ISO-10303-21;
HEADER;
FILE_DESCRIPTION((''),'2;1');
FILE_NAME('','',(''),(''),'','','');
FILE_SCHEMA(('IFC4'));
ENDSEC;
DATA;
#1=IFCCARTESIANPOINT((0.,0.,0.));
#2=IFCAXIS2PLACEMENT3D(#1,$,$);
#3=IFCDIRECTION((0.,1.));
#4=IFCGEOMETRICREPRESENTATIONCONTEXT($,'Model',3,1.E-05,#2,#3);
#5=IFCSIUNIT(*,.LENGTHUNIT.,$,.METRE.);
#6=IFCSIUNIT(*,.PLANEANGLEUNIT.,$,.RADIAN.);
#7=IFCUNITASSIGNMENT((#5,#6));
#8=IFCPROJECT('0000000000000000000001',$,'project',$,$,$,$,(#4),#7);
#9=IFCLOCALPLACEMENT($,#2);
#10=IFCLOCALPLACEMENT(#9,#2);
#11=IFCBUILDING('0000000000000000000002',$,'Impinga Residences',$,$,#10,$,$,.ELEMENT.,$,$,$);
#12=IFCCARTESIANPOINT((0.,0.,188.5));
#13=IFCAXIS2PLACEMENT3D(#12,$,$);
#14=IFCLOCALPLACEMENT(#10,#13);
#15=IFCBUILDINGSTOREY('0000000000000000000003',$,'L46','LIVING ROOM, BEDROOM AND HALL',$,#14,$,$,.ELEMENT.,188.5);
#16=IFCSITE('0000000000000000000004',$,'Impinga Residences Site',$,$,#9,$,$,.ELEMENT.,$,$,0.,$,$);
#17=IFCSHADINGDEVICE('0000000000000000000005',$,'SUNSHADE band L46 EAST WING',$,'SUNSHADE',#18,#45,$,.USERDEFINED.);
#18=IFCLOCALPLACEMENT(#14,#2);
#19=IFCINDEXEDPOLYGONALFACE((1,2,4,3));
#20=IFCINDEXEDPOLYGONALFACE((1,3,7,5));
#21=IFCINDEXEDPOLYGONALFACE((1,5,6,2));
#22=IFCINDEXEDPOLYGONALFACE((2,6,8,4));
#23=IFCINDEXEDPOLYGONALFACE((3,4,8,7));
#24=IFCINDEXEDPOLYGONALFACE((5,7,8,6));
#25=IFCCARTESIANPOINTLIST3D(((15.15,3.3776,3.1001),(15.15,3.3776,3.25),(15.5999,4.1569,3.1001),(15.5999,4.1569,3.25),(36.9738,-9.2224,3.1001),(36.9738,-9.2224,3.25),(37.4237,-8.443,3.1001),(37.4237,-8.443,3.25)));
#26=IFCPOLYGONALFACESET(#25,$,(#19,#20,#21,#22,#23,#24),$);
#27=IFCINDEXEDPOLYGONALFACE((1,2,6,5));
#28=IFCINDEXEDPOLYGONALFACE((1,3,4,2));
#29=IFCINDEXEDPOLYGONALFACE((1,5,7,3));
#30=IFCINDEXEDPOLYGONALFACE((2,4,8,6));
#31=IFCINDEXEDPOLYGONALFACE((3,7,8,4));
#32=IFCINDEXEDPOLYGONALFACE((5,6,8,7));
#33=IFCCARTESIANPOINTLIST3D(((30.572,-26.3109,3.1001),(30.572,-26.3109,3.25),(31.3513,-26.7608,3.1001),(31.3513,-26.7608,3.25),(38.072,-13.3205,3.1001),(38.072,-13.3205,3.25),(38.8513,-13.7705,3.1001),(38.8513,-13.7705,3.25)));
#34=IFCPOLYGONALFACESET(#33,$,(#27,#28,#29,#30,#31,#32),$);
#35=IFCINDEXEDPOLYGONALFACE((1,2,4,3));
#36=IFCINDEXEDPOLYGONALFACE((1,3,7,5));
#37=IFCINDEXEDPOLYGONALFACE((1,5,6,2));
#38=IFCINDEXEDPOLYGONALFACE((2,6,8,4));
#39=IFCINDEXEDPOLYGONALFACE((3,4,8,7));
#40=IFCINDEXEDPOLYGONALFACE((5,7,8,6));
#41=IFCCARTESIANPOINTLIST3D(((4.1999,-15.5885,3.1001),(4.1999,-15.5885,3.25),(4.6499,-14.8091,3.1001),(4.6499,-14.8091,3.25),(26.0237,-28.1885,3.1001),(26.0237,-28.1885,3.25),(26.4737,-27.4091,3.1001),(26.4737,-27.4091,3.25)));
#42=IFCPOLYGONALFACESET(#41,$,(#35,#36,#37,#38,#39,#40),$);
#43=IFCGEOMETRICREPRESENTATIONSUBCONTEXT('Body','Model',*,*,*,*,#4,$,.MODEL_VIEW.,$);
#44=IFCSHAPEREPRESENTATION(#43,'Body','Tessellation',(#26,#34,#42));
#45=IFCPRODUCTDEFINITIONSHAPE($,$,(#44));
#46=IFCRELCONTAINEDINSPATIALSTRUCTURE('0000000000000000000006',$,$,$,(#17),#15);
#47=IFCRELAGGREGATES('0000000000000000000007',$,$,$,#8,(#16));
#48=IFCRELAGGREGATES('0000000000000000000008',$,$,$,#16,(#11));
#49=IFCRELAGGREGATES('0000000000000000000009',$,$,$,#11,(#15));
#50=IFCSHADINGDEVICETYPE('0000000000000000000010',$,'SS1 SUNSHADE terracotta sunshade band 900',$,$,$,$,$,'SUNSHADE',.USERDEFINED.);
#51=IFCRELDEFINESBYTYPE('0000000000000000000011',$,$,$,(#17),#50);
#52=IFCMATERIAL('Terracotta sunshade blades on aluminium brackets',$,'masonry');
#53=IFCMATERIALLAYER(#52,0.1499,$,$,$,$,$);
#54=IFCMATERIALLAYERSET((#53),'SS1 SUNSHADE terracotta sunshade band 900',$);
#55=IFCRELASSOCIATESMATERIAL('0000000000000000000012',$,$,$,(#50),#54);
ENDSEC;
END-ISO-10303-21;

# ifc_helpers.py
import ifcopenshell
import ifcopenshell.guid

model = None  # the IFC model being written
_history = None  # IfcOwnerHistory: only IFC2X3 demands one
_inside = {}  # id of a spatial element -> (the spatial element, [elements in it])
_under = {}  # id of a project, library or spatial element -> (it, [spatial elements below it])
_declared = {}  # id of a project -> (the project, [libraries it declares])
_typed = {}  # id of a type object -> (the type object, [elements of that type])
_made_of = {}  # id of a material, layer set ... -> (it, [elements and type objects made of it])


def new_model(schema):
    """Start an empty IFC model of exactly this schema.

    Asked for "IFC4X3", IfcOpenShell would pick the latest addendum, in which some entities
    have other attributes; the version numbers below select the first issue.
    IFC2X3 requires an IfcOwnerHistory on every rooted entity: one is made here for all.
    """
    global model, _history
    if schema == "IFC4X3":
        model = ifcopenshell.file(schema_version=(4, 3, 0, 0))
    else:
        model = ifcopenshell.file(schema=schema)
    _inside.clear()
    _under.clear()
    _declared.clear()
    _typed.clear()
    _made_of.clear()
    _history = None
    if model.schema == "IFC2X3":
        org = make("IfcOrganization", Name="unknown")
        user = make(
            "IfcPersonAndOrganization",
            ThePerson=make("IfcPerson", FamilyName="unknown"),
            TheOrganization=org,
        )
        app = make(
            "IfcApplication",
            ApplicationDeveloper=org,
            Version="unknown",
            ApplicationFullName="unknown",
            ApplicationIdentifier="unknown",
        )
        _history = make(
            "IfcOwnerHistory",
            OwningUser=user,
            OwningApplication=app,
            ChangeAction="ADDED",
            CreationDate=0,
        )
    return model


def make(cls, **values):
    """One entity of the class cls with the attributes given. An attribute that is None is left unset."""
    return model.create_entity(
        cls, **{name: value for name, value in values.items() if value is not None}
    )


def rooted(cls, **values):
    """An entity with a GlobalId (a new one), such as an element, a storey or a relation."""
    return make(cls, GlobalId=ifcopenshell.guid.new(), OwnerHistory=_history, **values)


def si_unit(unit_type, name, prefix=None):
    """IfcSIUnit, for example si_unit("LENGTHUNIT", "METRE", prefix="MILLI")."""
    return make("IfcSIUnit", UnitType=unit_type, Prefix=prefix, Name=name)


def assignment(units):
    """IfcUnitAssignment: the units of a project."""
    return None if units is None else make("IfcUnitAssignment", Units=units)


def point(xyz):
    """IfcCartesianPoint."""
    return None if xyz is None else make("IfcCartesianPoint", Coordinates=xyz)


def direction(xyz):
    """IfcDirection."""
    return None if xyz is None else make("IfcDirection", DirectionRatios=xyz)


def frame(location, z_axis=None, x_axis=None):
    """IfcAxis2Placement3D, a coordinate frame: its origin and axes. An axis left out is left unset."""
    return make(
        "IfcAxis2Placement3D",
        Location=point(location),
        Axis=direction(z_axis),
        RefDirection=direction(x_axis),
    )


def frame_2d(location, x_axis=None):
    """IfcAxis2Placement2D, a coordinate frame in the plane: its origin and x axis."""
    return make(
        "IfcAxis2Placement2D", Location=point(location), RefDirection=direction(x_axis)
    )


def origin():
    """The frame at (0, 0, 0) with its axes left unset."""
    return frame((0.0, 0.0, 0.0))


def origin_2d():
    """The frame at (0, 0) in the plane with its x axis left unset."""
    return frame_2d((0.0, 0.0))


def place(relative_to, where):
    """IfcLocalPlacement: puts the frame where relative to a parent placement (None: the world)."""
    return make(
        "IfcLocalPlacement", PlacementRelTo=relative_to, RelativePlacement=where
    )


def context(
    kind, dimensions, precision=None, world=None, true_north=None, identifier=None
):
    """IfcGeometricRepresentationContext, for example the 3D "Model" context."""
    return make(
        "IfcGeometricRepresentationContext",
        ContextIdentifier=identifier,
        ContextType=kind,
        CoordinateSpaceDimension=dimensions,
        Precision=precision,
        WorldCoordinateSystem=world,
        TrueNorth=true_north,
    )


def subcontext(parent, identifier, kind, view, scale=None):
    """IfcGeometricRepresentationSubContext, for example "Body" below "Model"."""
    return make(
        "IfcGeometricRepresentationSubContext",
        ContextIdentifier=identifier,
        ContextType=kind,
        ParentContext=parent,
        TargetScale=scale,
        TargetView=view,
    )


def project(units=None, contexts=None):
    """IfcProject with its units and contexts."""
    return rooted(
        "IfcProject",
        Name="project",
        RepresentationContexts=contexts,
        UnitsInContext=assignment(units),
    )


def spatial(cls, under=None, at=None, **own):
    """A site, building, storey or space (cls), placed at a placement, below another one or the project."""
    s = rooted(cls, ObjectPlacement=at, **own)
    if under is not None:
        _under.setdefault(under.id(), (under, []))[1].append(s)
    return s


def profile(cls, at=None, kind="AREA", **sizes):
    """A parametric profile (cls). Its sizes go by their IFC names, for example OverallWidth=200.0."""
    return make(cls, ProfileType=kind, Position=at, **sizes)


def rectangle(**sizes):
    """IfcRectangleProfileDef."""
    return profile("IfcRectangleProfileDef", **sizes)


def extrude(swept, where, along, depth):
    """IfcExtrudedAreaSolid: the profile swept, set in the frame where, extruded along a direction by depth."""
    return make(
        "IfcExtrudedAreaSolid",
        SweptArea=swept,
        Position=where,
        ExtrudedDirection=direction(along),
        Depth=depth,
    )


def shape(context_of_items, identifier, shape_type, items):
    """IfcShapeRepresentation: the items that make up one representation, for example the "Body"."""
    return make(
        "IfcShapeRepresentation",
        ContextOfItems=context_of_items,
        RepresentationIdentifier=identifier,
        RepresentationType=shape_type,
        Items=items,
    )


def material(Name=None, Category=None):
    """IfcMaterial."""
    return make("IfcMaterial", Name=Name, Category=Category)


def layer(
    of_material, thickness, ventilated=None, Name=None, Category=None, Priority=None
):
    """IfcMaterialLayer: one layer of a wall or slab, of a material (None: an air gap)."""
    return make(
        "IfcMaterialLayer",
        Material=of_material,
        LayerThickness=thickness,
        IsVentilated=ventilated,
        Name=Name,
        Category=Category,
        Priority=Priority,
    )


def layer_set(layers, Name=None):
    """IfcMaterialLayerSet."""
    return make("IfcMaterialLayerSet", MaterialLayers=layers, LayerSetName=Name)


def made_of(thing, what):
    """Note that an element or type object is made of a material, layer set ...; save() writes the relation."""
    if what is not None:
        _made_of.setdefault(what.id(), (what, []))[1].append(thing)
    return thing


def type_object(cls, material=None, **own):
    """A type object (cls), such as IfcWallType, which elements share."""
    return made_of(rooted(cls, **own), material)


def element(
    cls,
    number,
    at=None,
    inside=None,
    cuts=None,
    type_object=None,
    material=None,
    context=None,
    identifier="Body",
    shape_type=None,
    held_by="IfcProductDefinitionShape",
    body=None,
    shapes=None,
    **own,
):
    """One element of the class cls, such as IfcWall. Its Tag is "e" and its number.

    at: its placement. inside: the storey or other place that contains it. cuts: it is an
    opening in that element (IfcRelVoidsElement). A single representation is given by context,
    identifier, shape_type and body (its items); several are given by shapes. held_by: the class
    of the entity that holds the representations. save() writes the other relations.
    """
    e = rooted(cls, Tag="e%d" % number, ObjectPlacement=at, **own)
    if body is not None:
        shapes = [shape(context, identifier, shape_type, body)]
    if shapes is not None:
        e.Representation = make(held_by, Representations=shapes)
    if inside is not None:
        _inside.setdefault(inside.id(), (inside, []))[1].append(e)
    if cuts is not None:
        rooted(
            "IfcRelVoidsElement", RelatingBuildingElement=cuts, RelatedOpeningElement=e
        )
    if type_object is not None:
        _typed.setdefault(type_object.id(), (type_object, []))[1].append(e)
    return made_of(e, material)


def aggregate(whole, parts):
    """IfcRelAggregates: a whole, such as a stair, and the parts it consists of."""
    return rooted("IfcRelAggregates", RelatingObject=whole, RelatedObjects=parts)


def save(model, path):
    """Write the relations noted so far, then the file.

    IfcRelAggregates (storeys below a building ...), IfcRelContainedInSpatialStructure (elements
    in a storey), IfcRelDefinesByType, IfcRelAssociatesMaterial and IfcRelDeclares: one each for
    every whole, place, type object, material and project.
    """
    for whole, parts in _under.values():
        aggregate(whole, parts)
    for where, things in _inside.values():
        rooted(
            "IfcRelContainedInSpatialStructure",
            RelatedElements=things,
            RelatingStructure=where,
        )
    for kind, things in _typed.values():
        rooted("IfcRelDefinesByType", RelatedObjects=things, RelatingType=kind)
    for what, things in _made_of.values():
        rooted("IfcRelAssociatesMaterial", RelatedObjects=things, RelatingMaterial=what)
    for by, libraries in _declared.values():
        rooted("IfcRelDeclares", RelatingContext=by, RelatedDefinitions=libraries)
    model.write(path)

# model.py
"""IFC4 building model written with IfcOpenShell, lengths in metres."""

from ifc_helpers import new_model, si_unit, direction, frame, origin, origin_2d, place, context, subcontext, project, spatial, rectangle, extrude, material, layer, layer_set, type_object, element, save


model = new_model("IFC4")

# Units and contexts
model_context = context("Model", 3, precision=1e-05, world=origin(), true_north=direction((0.0, 1.0)))
body_context = subcontext(model_context, "Body", "Model", "MODEL_VIEW")
ifc_project = project(units=[si_unit("LENGTHUNIT", "METRE"), si_unit("PLANEANGLEUNIT", "RADIAN")], contexts=[model_context])

# Site, building, storey
site_placement = place(None, origin())
site = spatial("IfcSite", under=ifc_project, at=site_placement, Name="Impinga Residences Site", CompositionType="ELEMENT", RefElevation=0.0)
building_placement = place(site_placement, origin())
building = spatial("IfcBuilding", under=site, at=building_placement, Name="Impinga Residences", CompositionType="ELEMENT")
storey_placement = place(building_placement, frame((0.0, 0.0, 188.5)))
storey = spatial("IfcBuildingStorey", under=building, at=storey_placement, Name="L46", Description="LIVING ROOM, BEDROOM AND HALL", CompositionType="ELEMENT", Elevation=188.5)

# Shading device
ifc_material_1 = material(Name="Terracotta sunshade blades on aluminium brackets", Category="masonry")
ifc_layer_1 = layer(ifc_material_1, 0.1499)
ifc_layer_set_1 = layer_set([ifc_layer_1], Name="SS1 SUNSHADE terracotta sunshade band 900")
shading_device_type = type_object("IfcShadingDeviceType", Name="SS1 SUNSHADE terracotta sunshade band 900", ElementType="SUNSHADE", PredefinedType="USERDEFINED", material=ifc_layer_set_1)
shading_device_placement = place(storey_placement, frame((26.2869, -2.5327, 3.1001), z_axis=(0.0, 0.0, 1.0), x_axis=(0.866025, -0.5, 0.0)))
element("IfcShadingDevice", 1, at=shading_device_placement, inside=storey, type_object=shading_device_type, Name="SUNSHADE band L46 EAST WING", ObjectType="SUNSHADE", PredefinedType="USERDEFINED", context=body_context, shape_type="SweptSolid", body=[
    extrude(rectangle(XDim=25.2, YDim=0.8999, at=origin_2d()), origin(), (0.0, 0.0, 1.0), 0.1499),
    extrude(rectangle(XDim=15.0, YDim=0.8999, at=origin_2d()), frame((16.05, -10.95, 0.0), z_axis=(0.0, 0.0, 1.0), x_axis=(0.0, -1.0, 0.0)), (0.0, 0.0, 1.0), 0.1499),
    extrude(rectangle(XDim=25.2, YDim=0.8999, at=origin_2d()), frame((0.0, -21.9001, 0.0), z_axis=(0.0, 0.0, 1.0), x_axis=(-1.0, 0.0, 0.0)), (0.0, 0.0, 1.0), 0.1499),
])

save(model, "model.ifc")
